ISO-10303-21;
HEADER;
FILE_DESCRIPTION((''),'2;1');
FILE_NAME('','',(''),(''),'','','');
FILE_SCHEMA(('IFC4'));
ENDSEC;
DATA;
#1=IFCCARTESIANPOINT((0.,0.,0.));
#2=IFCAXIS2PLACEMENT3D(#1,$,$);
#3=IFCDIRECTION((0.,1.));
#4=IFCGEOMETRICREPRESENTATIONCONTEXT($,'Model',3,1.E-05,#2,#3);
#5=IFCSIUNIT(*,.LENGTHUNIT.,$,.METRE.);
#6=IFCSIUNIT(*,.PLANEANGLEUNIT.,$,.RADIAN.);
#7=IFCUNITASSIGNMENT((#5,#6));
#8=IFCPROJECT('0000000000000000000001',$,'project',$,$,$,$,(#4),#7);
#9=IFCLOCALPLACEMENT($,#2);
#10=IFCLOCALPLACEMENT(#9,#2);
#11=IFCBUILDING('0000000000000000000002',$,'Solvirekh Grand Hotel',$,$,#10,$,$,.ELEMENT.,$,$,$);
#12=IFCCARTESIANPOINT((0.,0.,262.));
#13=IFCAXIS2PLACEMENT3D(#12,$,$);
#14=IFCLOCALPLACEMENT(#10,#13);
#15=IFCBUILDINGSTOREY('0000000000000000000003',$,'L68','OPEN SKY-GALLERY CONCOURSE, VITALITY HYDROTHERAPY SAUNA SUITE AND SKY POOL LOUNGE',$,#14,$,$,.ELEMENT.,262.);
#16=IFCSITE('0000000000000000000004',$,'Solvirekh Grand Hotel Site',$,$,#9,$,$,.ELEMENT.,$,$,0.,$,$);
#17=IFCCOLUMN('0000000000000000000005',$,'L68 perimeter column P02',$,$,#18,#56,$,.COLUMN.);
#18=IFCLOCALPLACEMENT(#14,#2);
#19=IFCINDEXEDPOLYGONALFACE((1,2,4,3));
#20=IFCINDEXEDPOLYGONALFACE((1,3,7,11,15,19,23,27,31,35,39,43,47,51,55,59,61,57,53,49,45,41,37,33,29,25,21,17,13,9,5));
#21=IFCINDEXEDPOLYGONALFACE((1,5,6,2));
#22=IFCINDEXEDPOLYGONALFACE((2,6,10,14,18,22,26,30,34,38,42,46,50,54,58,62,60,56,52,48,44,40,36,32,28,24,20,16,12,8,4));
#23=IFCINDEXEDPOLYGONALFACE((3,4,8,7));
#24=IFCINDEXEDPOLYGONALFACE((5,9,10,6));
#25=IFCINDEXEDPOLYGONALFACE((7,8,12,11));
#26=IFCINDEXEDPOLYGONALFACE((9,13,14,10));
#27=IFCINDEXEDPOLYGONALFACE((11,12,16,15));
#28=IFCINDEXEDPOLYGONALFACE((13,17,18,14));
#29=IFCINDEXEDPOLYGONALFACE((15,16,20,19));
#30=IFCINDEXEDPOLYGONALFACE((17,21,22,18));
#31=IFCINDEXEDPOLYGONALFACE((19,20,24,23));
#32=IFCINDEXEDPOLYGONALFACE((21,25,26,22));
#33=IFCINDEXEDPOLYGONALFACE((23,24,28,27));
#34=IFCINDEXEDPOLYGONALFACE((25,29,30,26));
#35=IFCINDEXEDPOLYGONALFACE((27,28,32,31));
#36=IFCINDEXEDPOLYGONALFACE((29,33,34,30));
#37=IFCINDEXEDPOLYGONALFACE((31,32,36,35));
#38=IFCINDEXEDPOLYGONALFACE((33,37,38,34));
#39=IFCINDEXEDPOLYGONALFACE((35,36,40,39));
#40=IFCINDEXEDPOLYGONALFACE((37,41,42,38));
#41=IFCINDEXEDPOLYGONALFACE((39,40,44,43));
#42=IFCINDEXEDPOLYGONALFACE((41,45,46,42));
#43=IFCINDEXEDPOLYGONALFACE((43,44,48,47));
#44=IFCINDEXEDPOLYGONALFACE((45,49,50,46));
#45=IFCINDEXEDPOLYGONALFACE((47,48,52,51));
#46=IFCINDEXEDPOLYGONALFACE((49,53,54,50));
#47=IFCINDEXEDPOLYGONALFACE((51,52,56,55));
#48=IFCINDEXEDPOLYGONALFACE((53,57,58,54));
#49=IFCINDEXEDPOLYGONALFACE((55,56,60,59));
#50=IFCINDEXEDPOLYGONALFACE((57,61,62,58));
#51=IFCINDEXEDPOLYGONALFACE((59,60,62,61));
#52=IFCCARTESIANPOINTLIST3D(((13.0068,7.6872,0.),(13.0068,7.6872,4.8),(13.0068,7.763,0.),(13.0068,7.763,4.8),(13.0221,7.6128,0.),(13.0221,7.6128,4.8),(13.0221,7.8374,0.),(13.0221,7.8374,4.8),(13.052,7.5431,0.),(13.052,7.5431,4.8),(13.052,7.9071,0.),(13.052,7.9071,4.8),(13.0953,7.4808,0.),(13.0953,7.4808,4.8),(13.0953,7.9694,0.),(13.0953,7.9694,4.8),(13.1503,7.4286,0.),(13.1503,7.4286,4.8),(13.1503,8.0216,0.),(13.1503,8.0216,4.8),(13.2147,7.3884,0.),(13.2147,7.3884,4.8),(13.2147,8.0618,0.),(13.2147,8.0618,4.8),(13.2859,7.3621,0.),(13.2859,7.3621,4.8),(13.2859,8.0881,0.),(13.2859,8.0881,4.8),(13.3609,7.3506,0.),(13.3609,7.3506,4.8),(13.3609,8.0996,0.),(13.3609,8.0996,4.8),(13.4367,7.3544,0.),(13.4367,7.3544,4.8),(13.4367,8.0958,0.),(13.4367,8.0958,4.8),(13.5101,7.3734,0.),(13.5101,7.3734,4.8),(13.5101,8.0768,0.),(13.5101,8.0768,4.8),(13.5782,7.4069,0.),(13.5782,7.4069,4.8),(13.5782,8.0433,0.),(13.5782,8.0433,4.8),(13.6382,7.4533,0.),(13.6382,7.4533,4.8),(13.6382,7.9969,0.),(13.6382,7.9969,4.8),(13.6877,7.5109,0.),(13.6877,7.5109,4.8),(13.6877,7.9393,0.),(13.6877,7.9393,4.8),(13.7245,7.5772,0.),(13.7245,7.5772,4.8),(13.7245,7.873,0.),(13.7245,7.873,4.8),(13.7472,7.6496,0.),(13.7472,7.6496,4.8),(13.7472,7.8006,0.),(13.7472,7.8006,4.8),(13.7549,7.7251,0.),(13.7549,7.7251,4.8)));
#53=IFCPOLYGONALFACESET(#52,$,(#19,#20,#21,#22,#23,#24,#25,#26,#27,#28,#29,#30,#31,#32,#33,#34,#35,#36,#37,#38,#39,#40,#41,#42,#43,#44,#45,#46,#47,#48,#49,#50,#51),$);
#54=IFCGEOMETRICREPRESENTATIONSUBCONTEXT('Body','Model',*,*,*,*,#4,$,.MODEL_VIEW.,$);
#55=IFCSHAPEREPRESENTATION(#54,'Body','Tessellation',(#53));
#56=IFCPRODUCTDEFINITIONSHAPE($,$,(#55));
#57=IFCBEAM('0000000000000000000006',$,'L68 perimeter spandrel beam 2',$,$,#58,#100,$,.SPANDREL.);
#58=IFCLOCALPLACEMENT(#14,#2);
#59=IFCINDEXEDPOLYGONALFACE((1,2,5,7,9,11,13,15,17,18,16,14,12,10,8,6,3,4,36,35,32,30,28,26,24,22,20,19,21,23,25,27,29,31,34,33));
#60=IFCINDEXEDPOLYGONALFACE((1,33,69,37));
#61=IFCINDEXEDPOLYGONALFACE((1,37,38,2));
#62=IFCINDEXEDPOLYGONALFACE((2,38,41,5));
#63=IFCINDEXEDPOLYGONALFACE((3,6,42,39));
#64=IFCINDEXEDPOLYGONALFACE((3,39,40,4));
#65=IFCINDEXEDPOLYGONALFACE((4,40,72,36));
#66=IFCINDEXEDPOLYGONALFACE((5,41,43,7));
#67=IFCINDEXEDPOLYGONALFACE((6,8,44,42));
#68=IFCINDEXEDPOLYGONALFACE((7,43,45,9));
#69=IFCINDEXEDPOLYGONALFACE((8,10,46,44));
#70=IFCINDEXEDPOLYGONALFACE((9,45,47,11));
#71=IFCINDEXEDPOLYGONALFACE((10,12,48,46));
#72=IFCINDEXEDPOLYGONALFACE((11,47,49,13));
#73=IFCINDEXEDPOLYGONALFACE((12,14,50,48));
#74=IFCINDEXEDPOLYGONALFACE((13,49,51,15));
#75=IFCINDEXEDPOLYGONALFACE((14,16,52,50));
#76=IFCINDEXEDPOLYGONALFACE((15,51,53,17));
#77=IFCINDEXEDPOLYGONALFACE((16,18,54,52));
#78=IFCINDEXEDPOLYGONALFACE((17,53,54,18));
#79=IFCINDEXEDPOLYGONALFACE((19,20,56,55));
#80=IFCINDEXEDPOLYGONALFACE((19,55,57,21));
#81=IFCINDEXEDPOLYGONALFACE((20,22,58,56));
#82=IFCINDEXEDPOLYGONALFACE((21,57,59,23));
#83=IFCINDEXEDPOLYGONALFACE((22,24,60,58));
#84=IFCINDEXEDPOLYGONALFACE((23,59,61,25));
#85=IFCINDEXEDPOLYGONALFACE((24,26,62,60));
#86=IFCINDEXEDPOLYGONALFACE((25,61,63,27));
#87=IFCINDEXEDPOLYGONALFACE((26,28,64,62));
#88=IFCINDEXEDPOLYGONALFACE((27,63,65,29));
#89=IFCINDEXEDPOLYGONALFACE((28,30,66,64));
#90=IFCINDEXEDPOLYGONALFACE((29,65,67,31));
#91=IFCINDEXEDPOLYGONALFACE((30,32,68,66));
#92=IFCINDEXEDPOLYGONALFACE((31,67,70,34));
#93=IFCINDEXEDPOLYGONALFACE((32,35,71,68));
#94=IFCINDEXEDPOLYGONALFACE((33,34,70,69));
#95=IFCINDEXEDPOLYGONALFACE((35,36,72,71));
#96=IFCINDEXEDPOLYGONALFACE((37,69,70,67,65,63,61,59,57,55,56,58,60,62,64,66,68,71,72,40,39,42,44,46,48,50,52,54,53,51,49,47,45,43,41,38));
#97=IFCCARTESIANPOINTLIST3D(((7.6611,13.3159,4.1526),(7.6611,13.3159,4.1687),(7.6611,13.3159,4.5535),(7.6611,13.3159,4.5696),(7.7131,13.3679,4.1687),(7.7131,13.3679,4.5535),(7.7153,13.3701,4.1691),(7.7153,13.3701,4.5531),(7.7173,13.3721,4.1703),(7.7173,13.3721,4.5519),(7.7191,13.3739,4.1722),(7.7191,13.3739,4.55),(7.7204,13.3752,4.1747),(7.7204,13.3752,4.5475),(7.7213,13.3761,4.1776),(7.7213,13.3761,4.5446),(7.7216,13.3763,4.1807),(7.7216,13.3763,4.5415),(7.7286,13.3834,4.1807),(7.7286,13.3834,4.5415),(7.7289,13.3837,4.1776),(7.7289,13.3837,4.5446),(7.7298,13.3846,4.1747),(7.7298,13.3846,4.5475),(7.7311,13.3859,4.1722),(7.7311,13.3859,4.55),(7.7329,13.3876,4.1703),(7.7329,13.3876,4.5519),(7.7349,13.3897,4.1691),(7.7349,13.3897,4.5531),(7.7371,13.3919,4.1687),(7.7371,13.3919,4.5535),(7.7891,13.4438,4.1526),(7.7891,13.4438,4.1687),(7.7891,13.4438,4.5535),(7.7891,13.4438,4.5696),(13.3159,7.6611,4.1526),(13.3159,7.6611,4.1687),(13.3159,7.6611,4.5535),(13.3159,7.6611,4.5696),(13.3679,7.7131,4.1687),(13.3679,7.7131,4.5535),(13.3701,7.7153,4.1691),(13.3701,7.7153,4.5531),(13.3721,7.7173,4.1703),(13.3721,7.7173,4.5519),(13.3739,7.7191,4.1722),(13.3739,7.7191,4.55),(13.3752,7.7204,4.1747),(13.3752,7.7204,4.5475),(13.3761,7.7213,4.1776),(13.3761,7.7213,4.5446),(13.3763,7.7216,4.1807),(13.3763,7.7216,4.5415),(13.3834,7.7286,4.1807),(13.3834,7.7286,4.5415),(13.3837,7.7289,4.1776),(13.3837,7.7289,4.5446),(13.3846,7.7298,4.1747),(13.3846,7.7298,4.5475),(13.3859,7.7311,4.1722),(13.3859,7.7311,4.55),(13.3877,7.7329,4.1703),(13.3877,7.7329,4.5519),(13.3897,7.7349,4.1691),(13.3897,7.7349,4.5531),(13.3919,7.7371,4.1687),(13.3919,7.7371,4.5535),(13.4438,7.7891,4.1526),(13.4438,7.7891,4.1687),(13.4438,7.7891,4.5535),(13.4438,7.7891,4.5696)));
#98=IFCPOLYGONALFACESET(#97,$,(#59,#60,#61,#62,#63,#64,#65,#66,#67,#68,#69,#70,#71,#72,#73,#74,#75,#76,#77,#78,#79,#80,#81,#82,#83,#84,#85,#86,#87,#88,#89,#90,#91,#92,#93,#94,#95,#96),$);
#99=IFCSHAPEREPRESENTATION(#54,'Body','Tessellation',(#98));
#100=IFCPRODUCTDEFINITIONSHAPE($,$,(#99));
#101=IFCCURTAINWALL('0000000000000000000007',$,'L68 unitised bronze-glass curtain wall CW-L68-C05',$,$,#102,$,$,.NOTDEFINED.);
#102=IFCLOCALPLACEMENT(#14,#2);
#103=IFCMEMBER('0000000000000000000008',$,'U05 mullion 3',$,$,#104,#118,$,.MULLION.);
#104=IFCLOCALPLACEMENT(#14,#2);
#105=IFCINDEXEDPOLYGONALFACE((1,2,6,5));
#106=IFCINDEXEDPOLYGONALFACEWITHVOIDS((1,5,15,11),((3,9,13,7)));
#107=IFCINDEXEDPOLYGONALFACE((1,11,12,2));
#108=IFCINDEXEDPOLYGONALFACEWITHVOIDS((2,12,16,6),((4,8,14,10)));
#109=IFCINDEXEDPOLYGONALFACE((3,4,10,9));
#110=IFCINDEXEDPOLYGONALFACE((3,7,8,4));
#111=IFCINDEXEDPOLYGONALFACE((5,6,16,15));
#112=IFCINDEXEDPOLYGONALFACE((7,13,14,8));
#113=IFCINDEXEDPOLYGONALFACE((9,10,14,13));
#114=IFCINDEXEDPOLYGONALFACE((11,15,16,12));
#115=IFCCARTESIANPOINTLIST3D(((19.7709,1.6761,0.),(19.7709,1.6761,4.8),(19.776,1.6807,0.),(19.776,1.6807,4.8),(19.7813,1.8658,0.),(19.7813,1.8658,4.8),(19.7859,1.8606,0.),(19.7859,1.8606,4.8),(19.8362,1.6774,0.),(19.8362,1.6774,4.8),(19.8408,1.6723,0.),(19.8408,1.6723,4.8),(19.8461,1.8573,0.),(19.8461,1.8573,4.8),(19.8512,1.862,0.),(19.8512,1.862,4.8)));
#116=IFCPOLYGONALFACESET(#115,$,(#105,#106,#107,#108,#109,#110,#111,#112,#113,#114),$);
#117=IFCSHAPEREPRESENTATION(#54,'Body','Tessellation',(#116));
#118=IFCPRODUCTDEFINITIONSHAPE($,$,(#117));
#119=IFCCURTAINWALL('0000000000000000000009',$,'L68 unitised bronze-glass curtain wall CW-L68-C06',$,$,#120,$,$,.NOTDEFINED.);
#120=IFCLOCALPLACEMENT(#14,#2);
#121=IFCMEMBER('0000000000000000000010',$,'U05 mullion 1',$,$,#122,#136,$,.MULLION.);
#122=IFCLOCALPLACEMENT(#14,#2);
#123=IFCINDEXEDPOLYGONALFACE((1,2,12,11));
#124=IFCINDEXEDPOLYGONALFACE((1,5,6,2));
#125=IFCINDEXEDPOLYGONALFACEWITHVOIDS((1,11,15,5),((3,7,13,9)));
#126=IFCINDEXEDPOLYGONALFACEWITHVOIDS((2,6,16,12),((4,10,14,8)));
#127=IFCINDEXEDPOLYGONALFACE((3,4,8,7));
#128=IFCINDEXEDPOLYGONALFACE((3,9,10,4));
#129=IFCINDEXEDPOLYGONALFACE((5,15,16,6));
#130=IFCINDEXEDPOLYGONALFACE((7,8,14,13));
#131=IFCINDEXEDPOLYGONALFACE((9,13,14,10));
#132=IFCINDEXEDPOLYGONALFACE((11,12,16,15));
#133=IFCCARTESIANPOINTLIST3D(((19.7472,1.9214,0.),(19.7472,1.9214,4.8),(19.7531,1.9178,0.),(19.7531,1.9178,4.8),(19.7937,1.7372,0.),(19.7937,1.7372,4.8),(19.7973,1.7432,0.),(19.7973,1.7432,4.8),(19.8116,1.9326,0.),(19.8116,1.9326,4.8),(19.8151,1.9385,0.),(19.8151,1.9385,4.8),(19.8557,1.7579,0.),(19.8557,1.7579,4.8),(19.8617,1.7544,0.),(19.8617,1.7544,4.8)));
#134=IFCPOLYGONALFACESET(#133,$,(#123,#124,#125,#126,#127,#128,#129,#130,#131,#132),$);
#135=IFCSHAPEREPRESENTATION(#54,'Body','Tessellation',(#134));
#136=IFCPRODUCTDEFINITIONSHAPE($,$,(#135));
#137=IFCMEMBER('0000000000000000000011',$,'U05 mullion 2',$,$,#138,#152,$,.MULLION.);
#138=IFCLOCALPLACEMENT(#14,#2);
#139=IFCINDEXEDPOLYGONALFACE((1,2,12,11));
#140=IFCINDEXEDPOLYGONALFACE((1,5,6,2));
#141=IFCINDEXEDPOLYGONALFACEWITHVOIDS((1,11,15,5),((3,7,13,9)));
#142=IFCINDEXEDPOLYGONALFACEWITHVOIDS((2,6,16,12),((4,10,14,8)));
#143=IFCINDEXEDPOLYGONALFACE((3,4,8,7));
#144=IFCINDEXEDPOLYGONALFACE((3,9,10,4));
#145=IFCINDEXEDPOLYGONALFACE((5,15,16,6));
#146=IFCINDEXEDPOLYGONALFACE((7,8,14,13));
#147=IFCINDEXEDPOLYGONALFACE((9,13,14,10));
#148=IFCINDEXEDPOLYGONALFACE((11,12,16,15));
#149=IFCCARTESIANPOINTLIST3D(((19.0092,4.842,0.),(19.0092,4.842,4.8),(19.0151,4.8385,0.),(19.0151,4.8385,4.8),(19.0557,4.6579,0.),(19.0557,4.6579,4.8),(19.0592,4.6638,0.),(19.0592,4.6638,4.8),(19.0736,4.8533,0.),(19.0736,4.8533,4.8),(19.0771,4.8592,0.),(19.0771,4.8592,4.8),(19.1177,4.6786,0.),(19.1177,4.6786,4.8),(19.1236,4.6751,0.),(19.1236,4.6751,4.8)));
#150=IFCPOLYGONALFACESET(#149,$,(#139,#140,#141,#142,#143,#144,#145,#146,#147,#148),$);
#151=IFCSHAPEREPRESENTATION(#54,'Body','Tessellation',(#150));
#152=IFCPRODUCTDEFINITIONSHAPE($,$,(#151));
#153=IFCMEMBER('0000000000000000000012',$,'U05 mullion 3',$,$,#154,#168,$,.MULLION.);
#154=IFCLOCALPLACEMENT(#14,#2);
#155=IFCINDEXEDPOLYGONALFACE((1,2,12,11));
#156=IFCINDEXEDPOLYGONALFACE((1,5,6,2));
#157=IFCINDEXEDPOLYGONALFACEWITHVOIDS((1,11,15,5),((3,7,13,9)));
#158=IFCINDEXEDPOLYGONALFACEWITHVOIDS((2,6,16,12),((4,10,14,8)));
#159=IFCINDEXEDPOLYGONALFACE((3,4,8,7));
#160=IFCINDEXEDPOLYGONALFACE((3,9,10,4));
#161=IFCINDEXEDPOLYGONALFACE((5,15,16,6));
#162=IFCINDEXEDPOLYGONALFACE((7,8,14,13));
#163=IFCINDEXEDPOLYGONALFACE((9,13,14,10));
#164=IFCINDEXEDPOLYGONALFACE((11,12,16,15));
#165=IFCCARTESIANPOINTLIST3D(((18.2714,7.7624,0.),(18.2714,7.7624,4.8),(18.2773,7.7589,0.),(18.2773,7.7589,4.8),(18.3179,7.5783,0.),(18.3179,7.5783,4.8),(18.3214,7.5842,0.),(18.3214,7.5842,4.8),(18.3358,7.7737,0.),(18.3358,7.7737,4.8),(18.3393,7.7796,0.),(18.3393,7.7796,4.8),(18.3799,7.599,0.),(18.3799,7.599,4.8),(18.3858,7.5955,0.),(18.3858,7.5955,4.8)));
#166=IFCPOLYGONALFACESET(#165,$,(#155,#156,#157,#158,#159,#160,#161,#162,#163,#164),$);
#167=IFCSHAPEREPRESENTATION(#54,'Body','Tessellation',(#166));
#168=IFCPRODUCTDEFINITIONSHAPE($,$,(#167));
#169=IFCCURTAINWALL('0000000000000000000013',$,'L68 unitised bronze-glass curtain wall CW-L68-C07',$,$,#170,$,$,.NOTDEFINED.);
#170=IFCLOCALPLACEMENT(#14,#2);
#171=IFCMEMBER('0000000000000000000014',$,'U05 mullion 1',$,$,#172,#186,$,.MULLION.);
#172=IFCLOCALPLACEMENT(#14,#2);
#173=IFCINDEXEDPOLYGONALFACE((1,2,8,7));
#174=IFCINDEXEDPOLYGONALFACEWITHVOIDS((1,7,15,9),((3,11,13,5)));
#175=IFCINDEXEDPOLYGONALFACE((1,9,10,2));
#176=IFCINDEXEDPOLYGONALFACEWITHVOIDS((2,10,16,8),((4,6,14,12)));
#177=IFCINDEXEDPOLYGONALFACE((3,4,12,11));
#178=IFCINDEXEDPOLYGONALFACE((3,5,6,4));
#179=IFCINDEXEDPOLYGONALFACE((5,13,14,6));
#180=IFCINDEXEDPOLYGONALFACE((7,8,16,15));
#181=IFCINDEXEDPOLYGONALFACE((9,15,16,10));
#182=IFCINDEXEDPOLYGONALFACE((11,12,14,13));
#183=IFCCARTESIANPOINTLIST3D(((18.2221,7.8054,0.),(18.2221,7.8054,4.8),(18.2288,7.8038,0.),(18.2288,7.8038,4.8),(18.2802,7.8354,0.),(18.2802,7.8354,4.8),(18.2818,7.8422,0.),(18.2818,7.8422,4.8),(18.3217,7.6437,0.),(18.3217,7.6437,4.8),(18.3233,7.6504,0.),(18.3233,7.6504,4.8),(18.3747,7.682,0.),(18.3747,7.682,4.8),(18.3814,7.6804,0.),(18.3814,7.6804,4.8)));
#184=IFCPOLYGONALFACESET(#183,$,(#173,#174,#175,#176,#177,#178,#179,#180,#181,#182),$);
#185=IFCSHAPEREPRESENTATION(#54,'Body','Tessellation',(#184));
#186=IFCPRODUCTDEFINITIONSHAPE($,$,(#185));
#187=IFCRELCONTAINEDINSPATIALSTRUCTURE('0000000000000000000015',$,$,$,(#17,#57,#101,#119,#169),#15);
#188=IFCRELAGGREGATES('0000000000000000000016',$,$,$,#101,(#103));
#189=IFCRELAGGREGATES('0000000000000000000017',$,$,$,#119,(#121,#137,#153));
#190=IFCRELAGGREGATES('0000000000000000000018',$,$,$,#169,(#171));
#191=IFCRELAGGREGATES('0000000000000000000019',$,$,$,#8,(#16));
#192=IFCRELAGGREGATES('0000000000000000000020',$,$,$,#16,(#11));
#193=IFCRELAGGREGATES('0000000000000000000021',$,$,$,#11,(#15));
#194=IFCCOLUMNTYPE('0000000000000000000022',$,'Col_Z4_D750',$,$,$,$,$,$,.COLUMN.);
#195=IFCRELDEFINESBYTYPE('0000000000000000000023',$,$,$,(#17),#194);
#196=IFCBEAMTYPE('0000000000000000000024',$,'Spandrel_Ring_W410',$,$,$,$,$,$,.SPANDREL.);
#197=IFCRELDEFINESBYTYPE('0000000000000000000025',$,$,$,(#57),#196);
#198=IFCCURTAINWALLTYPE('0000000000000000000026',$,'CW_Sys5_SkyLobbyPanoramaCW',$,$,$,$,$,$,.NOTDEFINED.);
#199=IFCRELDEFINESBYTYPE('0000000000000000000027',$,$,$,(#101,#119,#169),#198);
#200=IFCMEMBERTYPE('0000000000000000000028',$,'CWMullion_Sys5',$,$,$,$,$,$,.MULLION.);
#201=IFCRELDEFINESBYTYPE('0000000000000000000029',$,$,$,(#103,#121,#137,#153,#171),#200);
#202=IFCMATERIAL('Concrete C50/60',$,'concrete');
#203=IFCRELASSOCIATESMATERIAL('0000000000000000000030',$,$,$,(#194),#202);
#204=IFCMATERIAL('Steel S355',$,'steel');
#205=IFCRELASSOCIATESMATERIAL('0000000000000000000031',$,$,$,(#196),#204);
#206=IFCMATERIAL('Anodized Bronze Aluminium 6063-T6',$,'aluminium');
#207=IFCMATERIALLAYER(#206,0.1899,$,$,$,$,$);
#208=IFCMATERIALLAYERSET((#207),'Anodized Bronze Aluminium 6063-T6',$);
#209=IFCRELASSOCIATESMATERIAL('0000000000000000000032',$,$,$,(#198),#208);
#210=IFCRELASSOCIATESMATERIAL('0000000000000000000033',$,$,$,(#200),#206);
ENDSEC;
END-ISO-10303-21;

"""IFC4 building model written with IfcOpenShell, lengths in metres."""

from ifc_helpers import new_model, si_unit, direction, frame, origin, origin_2d, place, context, subcontext, project, spatial, hollow_rectangle, circle, i_section, extrude, source, transform, mapped, material, layer, layer_set, material_profile, profile_set, type_object, element, aggregate, save


model = new_model("IFC4")

# Units and contexts
model_context = context("Model", 3, precision=1e-05, world=origin(), true_north=direction((0.0, 1.0)))
body_context = subcontext(model_context, "Body", "Model", "MODEL_VIEW")
ifc_project = project(units=[si_unit("LENGTHUNIT", "METRE"), si_unit("PLANEANGLEUNIT", "RADIAN")], contexts=[model_context])

# Site, building, storey
site_placement = place(None, origin())
site = spatial("IfcSite", under=ifc_project, at=site_placement, Name="Solvirekh Grand Hotel Site", CompositionType="ELEMENT", RefElevation=0.0)
building_placement = place(site_placement, origin())
building = spatial("IfcBuilding", under=site, at=building_placement, Name="Solvirekh Grand Hotel", CompositionType="ELEMENT")
storey_placement = place(building_placement, frame((0.0, 0.0, 262.0)))
storey = spatial("IfcBuildingStorey", under=building, at=storey_placement, Name="L68", Description="OPEN SKY-GALLERY CONCOURSE, VITALITY HYDROTHERAPY SAUNA SUITE AND SKY POOL LOUNGE", CompositionType="ELEMENT", Elevation=262.0)

# Column
ifc_material_1 = material(Name="Concrete C50/60", Category="concrete")
ifc_material_profile_1 = material_profile(ifc_material_1, circle(Radius=0.375, at=origin_2d()), Name="RC CIRC D750")
ifc_profile_set_1 = profile_set([ifc_material_profile_1], Name="Concrete C50/60")
column_type = type_object("IfcColumnType", Name="Col_Z4_D750", PredefinedType="COLUMN", material=ifc_profile_set_1)
column_placement = place(storey_placement, frame((13.3799, 7.7251, 0.0), z_axis=(0.0, 0.0, 1.0), x_axis=(1.0, 0.0, 0.0)))
element("IfcColumn", 1, at=column_placement, inside=storey, type_object=column_type, Name="L68 perimeter column P02", PredefinedType="COLUMN", context=body_context, shape_type="SweptSolid", body=[
    extrude(circle(Radius=0.375, at=origin_2d()), origin(), (0.0, 0.0, 1.0), 4.8),
])

# Beam
ifc_material_2 = material(Name="Steel S355", Category="steel")
ifc_material_profile_2 = material_profile(ifc_material_2, i_section(OverallWidth=0.1809, OverallDepth=0.417, WebThickness=0.01, FlangeThickness=0.0161, FilletRadius=0.012, at=origin_2d()), Name="W410X85")
ifc_profile_set_2 = profile_set([ifc_material_profile_2], Name="Steel S355")
beam_type = type_object("IfcBeamType", Name="Spandrel_Ring_W410", PredefinedType="SPANDREL", material=ifc_profile_set_2)
beam_placement = place(storey_placement, frame((13.3799, 7.7251, 4.3611), z_axis=(-0.707107, 0.707107, 0.0), x_axis=(-0.707107, -0.707107, 0.0)))
element("IfcBeam", 2, at=beam_placement, inside=storey, type_object=beam_type, Name="L68 perimeter spandrel beam 2", PredefinedType="SPANDREL", context=body_context, shape_type="SweptSolid", body=[
    extrude(i_section(OverallWidth=0.1809, OverallDepth=0.417, WebThickness=0.01, FlangeThickness=0.0161, FilletRadius=0.012, at=origin_2d()), origin(), (0.0, 0.0, 1.0), 7.9971),
])

# Curtain wall, member
ifc_material_3 = material(Name="Anodized Bronze Aluminium 6063-T6", Category="aluminium")
ifc_layer_1 = layer(ifc_material_3, 0.1899)
ifc_layer_set_1 = layer_set([ifc_layer_1], Name="Anodized Bronze Aluminium 6063-T6")
curtain_wall_type = type_object("IfcCurtainWallType", Name="CW_Sys5_SkyLobbyPanoramaCW", PredefinedType="NOTDEFINED", material=ifc_layer_set_1)
curtain_wall_1_placement = place(storey_placement, origin())
curtain_wall_1 = element("IfcCurtainWall", 3, at=curtain_wall_1_placement, inside=storey, type_object=curtain_wall_type, Name="L68 unitised bronze-glass curtain wall CW-L68-C05", PredefinedType="NOTDEFINED")
ifc_material_profile_3 = material_profile(ifc_material_3, hollow_rectangle(XDim=0.0701, YDim=0.1899, WallThickness=0.0049, at=origin_2d()), Name="ALU RHS 190X70X5")
ifc_profile_set_3 = profile_set([ifc_material_profile_3], Name="Anodized Bronze Aluminium 6063-T6")
member_type_1 = type_object("IfcMemberType", Name="CWMullion_Sys5", PredefinedType="MULLION", material=ifc_profile_set_3)
shared_shape_1 = source(origin(), body_context, "Body", "SweptSolid", [
    extrude(hollow_rectangle(XDim=0.0701, YDim=0.1899, WallThickness=0.0049, at=origin_2d()), origin(), (0.0, 0.0, 1.0), 4.8),
])
member_1_placement = place(storey_placement, frame((19.811, 1.769, 0.0), z_axis=(0.0, 0.0, 1.0), x_axis=(-0.998498, 0.054789, 0.0)))
member_1 = element("IfcMember", 4, at=member_1_placement, type_object=member_type_1, Name="U05 mullion 3", PredefinedType="MULLION", context=body_context, shape_type="MappedRepresentation", body=[
    mapped(shared_shape_1, transform((0.0, 0.0, 0.0), x_axis=(1.0, 0.0, 0.0), y_axis=(0.0, 1.0, 0.0), z_axis=(0.0, 0.0, 1.0), scale=1.0)),
])

# Curtain walls, members
curtain_wall_2_placement = place(storey_placement, origin())
curtain_wall_2 = element("IfcCurtainWall", 5, at=curtain_wall_2_placement, inside=storey, type_object=curtain_wall_type, Name="L68 unitised bronze-glass curtain wall CW-L68-C06", PredefinedType="NOTDEFINED")
member_2_placement = place(storey_placement, frame((19.8044, 1.8379, 0.0), z_axis=(0.0, 0.0, 1.0), x_axis=(-0.969531, -0.244967, 0.0)))
member_2 = element("IfcMember", 6, at=member_2_placement, type_object=member_type_1, Name="U05 mullion 1", PredefinedType="MULLION", context=body_context, shape_type="MappedRepresentation", body=[
    mapped(shared_shape_1, transform((0.0, 0.0, 0.0), x_axis=(1.0, 0.0, 0.0), y_axis=(0.0, 1.0, 0.0), z_axis=(0.0, 0.0, 1.0), scale=1.0)),
])
member_3_placement = place(storey_placement, frame((19.0664, 4.7585, 0.0), z_axis=(0.0, 0.0, 1.0), x_axis=(-0.969531, -0.244967, 0.0)))
member_3 = element("IfcMember", 7, at=member_3_placement, type_object=member_type_1, Name="U05 mullion 2", PredefinedType="MULLION", context=body_context, shape_type="MappedRepresentation", body=[
    mapped(shared_shape_1, transform((0.0, 0.0, 0.0), x_axis=(1.0, 0.0, 0.0), y_axis=(0.0, 1.0, 0.0), z_axis=(0.0, 0.0, 1.0), scale=1.0)),
])
member_4_placement = place(storey_placement, frame((18.3286, 7.679, 0.0), z_axis=(0.0, 0.0, 1.0), x_axis=(-0.969531, -0.244967, 0.0)))
member_4 = element("IfcMember", 8, at=member_4_placement, type_object=member_type_1, Name="U05 mullion 3", PredefinedType="MULLION", context=body_context, shape_type="MappedRepresentation", body=[
    mapped(shared_shape_1, transform((0.0, 0.0, 0.0), x_axis=(1.0, 0.0, 0.0), y_axis=(0.0, 1.0, 0.0), z_axis=(0.0, 0.0, 1.0), scale=1.0)),
])
curtain_wall_3_placement = place(storey_placement, origin())
curtain_wall_3 = element("IfcCurtainWall", 9, at=curtain_wall_3_placement, inside=storey, type_object=curtain_wall_type, Name="L68 unitised bronze-glass curtain wall CW-L68-C07", PredefinedType="NOTDEFINED")
member_5_placement = place(storey_placement, frame((18.3018, 7.7429, 0.0), z_axis=(0.0, 0.0, 1.0), x_axis=(-0.851534, -0.5243, 0.0)))
member_5 = element("IfcMember", 10, at=member_5_placement, type_object=member_type_1, Name="U05 mullion 1", PredefinedType="MULLION", context=body_context, shape_type="MappedRepresentation", body=[
    mapped(shared_shape_1, transform((0.0, 0.0, 0.0), x_axis=(1.0, 0.0, 0.0), y_axis=(0.0, 1.0, 0.0), z_axis=(0.0, 0.0, 1.0), scale=1.0)),
])

aggregate(curtain_wall_1, [member_1])
aggregate(curtain_wall_2, [member_2, member_3, member_4])
aggregate(curtain_wall_3, [member_5])

save(model, "model.ifc")
